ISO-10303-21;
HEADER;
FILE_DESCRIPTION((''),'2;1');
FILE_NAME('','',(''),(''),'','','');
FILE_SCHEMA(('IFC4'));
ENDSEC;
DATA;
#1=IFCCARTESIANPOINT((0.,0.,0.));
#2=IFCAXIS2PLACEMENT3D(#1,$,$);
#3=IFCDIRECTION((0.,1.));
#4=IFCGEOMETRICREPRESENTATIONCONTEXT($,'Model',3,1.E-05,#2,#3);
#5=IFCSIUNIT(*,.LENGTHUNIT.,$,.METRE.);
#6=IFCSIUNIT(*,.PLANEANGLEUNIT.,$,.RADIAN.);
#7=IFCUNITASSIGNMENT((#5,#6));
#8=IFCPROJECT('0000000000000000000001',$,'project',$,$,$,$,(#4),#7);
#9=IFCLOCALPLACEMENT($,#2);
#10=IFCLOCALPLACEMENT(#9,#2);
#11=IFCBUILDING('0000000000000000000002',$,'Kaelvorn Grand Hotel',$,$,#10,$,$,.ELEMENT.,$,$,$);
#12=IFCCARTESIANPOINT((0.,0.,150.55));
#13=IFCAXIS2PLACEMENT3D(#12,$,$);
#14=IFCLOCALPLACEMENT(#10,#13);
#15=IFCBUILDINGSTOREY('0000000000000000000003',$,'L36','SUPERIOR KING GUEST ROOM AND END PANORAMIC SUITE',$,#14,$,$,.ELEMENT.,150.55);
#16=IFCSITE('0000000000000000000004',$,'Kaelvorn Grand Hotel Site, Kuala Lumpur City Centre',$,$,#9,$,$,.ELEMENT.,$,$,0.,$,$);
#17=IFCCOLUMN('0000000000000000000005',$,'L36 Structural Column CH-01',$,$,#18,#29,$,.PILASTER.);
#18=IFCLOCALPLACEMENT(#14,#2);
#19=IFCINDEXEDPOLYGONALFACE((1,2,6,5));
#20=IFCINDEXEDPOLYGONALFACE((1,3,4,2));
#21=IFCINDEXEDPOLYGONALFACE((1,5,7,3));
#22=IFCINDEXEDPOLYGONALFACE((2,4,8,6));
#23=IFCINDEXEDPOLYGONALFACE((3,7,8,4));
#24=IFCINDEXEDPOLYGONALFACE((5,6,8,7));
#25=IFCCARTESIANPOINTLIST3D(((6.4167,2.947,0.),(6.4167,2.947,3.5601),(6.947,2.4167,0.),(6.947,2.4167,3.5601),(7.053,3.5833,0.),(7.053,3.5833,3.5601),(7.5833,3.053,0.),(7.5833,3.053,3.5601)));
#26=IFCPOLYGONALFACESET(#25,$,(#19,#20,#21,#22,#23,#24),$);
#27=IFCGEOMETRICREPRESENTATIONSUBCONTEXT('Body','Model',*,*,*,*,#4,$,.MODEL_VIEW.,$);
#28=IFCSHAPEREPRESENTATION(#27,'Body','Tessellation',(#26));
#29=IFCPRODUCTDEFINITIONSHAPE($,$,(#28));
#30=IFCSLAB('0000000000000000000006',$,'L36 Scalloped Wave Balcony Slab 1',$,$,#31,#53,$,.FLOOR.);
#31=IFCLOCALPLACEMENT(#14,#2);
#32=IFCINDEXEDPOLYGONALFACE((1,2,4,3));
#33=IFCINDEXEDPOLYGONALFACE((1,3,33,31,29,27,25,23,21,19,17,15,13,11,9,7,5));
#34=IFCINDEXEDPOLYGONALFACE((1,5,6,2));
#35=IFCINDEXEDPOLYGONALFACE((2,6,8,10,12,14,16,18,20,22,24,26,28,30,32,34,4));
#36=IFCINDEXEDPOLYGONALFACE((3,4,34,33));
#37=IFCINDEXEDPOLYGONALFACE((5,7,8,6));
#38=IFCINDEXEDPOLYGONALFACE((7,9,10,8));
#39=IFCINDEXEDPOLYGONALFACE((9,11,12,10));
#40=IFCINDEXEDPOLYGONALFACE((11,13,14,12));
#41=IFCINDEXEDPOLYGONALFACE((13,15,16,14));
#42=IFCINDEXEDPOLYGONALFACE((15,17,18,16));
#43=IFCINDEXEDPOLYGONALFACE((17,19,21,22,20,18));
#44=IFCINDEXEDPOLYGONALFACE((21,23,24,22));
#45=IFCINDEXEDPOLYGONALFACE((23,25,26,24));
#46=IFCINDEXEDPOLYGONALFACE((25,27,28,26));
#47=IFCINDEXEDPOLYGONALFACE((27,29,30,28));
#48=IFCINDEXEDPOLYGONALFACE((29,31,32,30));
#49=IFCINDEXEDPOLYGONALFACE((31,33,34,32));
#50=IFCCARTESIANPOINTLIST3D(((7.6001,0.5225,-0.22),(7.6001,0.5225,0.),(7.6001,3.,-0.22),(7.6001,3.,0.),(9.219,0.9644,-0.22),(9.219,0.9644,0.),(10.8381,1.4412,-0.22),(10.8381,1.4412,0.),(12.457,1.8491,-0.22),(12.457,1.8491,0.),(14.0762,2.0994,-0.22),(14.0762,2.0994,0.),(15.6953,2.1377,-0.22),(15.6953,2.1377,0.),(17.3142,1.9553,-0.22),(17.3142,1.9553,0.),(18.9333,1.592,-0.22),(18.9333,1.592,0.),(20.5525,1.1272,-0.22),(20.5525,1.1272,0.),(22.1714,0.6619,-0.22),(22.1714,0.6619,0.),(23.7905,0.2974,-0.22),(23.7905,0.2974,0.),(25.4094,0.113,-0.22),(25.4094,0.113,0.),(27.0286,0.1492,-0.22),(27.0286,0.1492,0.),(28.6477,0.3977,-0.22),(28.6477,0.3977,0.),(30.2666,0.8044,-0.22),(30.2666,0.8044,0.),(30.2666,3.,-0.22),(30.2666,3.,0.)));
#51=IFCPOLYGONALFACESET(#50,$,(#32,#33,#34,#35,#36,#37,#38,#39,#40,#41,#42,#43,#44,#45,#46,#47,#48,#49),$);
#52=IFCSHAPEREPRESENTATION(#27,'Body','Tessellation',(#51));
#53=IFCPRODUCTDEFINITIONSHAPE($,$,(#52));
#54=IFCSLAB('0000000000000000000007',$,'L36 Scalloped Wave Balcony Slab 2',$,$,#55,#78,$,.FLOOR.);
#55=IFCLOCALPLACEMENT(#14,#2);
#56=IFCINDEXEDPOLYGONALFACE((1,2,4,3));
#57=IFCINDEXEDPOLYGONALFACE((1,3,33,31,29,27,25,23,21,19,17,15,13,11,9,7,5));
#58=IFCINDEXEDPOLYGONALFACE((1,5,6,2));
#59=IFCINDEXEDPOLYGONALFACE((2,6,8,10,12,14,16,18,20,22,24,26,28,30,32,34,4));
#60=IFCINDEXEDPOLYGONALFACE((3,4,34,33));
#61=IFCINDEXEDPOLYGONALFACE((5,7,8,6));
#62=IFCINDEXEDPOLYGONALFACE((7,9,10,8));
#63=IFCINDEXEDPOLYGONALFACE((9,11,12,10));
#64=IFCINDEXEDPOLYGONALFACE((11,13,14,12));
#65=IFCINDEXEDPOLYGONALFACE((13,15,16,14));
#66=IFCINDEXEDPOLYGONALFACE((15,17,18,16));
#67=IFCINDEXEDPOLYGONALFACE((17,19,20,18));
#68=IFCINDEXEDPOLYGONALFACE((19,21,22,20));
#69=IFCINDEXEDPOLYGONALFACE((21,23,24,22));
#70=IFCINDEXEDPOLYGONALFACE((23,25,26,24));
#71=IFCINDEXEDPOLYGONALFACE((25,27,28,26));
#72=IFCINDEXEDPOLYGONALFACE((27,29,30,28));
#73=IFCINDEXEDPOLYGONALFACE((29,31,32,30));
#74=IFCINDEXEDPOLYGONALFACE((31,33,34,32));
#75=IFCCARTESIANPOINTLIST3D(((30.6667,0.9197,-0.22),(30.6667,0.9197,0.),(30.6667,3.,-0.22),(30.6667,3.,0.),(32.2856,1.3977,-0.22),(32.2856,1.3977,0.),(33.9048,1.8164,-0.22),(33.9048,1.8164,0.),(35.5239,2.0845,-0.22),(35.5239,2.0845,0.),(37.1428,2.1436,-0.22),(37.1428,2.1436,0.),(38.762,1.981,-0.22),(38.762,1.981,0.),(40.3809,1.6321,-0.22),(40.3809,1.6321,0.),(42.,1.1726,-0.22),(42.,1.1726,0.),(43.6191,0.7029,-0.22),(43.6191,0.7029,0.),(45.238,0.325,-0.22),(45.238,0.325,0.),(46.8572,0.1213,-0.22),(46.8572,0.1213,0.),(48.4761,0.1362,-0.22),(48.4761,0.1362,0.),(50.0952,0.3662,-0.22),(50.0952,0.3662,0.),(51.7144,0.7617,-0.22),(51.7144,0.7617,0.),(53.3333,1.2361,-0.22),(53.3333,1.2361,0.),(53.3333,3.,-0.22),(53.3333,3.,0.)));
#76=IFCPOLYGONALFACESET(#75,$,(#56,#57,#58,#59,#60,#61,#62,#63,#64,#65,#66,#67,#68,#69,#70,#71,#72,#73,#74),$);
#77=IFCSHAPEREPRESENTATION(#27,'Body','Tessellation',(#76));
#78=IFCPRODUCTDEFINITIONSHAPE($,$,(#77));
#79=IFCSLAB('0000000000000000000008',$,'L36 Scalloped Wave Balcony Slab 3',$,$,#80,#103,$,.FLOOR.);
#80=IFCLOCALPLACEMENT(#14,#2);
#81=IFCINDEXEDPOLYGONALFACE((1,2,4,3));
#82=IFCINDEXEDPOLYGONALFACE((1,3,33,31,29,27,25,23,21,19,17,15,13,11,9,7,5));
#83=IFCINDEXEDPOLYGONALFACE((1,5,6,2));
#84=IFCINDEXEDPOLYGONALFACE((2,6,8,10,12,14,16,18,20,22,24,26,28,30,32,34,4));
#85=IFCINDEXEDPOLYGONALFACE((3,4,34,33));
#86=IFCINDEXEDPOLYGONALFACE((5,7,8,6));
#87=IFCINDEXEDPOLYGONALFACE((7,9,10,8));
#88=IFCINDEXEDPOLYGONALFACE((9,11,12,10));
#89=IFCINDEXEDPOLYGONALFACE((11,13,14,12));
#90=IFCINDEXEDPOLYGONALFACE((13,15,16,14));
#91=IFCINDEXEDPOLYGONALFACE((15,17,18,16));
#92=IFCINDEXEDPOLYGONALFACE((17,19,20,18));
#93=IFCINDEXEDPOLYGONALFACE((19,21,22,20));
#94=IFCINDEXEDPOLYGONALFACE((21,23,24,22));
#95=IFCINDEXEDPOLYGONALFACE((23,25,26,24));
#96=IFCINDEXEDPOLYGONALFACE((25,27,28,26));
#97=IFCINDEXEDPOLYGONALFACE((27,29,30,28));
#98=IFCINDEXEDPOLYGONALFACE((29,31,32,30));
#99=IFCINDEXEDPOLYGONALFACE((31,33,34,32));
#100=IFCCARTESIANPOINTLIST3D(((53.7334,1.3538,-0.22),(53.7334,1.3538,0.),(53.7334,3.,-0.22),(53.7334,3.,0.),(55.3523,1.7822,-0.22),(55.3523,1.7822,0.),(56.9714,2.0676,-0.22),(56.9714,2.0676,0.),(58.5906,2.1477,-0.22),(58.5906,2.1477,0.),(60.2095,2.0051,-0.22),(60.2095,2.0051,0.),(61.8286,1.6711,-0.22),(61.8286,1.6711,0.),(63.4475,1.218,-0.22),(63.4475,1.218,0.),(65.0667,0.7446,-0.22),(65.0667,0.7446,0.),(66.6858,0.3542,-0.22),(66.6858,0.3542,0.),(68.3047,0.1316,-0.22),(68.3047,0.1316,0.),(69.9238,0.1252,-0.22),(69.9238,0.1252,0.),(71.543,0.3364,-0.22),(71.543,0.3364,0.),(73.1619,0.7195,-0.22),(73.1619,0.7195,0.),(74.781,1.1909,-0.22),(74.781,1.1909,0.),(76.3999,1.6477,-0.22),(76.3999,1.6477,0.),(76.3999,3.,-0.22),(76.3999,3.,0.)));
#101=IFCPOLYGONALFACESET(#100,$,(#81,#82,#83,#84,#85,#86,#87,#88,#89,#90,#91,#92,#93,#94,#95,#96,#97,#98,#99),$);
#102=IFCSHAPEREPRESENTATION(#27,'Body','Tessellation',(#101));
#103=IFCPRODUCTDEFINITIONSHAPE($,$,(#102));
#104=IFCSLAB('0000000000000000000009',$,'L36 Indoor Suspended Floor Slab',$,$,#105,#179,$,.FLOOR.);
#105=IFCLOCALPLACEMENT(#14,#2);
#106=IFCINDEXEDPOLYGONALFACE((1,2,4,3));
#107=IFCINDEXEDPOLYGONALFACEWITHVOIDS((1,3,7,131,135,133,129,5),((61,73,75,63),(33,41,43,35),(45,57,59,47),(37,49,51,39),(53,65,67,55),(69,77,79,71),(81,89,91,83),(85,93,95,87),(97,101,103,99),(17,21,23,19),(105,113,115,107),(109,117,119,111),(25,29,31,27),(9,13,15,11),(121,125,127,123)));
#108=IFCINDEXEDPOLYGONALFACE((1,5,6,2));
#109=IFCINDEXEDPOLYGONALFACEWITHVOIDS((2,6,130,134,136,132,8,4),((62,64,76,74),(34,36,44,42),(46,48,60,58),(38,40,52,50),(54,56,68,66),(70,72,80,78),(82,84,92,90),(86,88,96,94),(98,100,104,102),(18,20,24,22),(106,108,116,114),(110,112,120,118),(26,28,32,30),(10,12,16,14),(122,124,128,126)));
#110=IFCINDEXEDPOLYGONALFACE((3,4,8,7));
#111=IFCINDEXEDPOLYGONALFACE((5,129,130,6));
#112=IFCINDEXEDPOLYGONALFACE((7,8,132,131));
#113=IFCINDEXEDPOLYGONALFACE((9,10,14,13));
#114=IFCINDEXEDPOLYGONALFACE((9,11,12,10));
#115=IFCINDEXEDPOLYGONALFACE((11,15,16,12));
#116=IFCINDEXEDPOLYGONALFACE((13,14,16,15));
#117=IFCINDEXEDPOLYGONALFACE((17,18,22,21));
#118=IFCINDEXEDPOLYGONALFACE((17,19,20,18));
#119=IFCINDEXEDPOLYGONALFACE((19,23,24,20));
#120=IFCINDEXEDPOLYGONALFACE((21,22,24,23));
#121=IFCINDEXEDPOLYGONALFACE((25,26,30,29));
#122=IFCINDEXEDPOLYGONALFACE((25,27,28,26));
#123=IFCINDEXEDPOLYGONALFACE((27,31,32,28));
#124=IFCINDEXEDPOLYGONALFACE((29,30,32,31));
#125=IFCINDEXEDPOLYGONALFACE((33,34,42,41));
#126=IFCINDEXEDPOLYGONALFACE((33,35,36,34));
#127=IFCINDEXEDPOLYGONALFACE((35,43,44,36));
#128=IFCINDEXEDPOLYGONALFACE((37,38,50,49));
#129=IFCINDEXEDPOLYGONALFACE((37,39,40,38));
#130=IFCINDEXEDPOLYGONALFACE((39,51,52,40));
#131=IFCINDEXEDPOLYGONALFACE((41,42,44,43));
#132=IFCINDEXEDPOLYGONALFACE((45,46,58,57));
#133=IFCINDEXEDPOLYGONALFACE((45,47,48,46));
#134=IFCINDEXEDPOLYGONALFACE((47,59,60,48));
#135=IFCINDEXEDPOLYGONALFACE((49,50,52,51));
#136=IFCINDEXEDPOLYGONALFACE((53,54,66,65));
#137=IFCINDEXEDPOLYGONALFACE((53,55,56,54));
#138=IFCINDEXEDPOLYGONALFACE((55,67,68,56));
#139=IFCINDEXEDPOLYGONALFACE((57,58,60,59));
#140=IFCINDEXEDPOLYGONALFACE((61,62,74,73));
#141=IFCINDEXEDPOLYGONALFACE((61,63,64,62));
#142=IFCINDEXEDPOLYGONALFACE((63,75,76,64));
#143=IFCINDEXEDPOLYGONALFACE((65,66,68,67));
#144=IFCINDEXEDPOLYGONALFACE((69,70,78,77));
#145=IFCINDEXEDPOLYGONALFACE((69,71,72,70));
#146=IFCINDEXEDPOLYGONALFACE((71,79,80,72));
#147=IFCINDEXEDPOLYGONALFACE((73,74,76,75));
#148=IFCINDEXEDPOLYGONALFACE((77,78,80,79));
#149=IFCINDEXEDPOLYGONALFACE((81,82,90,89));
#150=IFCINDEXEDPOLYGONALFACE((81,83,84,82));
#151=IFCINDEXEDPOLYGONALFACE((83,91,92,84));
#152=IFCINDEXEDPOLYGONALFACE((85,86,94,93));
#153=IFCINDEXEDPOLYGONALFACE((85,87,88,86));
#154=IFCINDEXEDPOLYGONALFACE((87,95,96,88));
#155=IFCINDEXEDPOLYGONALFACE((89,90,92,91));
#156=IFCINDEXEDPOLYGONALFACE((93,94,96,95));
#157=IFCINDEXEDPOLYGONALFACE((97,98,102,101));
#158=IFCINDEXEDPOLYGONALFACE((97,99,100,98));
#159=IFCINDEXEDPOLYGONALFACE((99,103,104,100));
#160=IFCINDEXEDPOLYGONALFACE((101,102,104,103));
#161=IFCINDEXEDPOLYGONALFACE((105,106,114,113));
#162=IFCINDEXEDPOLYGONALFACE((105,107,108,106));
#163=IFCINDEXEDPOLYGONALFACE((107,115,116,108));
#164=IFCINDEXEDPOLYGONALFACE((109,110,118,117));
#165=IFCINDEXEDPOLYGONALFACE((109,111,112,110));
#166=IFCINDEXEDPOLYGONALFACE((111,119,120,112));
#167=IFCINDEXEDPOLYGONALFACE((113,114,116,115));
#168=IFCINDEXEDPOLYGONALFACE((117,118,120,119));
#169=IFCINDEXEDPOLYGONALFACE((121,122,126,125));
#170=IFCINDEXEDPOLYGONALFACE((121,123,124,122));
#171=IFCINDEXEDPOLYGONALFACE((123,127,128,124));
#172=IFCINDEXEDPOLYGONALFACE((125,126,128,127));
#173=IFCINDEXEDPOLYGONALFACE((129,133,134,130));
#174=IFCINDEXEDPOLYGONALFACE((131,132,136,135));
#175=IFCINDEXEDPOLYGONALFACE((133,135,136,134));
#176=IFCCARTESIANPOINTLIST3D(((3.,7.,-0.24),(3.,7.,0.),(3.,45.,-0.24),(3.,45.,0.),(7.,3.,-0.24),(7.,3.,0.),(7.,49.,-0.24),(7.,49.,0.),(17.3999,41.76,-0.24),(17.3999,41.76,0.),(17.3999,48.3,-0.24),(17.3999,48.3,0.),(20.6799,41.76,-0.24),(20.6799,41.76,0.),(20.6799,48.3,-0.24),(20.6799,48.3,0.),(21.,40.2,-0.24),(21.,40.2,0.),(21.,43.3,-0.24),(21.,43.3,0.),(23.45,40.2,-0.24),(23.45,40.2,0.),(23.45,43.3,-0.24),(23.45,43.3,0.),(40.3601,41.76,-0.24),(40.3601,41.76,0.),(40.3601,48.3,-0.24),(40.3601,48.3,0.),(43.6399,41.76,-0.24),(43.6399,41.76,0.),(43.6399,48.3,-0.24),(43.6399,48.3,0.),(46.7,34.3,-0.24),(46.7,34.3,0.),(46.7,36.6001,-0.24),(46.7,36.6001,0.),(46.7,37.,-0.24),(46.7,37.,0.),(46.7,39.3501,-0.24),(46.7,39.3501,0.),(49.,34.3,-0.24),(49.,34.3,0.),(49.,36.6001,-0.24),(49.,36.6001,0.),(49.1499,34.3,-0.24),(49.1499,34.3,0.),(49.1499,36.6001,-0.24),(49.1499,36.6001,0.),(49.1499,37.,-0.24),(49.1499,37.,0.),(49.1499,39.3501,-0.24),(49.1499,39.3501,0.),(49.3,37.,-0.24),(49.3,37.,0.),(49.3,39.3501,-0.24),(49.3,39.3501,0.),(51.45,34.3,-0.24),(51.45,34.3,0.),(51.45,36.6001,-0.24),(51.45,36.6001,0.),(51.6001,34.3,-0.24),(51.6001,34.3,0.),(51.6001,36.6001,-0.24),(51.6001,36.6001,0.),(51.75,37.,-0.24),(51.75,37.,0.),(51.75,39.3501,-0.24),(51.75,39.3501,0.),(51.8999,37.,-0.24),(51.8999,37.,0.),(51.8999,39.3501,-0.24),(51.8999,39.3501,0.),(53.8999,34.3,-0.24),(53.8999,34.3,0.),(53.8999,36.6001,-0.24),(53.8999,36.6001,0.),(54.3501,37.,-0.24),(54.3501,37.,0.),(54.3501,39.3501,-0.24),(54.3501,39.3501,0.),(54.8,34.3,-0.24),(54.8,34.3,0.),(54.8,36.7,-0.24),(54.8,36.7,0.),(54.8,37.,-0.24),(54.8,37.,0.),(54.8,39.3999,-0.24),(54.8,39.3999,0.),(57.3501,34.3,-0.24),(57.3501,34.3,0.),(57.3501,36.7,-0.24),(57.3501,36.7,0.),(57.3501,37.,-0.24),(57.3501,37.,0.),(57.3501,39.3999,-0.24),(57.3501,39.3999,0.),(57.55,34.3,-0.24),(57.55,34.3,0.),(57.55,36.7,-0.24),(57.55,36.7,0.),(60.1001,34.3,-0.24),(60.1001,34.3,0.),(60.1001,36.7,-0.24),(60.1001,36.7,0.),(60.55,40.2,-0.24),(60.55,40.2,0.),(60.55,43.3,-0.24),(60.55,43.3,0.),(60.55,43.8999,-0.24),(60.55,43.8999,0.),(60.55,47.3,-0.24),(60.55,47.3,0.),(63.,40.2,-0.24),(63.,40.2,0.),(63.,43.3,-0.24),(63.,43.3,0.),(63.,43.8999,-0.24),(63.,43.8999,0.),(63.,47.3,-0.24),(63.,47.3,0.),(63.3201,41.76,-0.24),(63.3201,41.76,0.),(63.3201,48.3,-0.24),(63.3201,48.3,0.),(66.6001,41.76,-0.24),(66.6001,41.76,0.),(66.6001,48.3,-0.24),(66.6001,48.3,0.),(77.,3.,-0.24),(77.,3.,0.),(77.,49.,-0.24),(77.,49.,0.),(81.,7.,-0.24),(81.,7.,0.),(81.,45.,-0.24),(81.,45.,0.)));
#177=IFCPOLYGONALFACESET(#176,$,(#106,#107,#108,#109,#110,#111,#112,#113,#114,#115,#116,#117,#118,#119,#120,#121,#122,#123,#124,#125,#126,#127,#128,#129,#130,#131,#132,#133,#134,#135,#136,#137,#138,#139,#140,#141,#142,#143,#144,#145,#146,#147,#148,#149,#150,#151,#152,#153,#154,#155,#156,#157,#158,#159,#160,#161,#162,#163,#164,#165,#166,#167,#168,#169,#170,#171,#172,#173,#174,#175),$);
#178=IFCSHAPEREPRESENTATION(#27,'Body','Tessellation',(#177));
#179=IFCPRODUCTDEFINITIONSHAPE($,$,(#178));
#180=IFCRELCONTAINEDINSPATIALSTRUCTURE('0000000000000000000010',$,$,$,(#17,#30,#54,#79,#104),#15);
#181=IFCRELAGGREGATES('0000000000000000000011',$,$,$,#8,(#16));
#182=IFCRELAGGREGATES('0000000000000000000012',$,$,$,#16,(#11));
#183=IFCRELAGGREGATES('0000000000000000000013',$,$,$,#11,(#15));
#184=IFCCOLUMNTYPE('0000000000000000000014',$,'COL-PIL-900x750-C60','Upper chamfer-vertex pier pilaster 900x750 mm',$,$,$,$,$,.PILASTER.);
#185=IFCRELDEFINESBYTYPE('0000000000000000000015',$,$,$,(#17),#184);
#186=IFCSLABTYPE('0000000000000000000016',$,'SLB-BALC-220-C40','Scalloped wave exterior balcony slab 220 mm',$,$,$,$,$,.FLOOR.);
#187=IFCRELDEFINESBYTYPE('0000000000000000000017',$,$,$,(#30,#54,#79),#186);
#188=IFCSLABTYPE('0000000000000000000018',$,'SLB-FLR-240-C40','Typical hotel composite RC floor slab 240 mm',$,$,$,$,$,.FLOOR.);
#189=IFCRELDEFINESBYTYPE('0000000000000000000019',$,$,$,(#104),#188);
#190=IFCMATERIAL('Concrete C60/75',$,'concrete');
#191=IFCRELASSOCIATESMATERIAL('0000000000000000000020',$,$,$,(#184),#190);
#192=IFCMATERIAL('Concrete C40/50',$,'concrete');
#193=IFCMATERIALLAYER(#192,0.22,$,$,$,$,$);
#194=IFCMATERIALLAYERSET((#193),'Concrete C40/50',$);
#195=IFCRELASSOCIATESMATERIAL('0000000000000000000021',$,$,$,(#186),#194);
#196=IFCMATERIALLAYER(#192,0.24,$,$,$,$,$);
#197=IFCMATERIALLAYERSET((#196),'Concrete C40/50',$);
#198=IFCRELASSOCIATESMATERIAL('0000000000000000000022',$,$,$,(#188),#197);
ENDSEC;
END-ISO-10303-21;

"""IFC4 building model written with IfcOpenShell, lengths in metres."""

from ifc_helpers import new_model, si_unit, direction, frame, origin, origin_2d, place, context, subcontext, project, spatial, polyline, rectangle, outline, extrude, material, layer, layer_set, material_profile, profile_set, type_object, element, save


model = new_model("IFC4")

# Units and contexts
model_context = context("Model", 3, precision=1e-05, world=origin(), true_north=direction((0.0, 1.0)))
body_context = subcontext(model_context, "Body", "Model", "MODEL_VIEW")
ifc_project = project(units=[si_unit("LENGTHUNIT", "METRE"), si_unit("PLANEANGLEUNIT", "RADIAN")], contexts=[model_context])

# Site, building, storey
site_placement = place(None, origin())
site = spatial("IfcSite", under=ifc_project, at=site_placement, Name="Kaelvorn Grand Hotel Site, Kuala Lumpur City Centre", CompositionType="ELEMENT", RefElevation=0.0)
building_placement = place(site_placement, origin())
building = spatial("IfcBuilding", under=site, at=building_placement, Name="Kaelvorn Grand Hotel", CompositionType="ELEMENT")
storey_placement = place(building_placement, frame((0.0, 0.0, 150.55)))
storey = spatial("IfcBuildingStorey", under=building, at=storey_placement, Name="L36", Description="SUPERIOR KING GUEST ROOM AND END PANORAMIC SUITE", CompositionType="ELEMENT", Elevation=150.55)

# Column
ifc_material_1 = material(Name="Concrete C60/75", Category="concrete")
ifc_material_profile = material_profile(ifc_material_1, rectangle(XDim=0.8999, YDim=0.75, at=origin_2d()), Name="RC PILASTER 900x750")
ifc_profile_set = profile_set([ifc_material_profile], Name="Concrete C60/75")
column_type = type_object("IfcColumnType", Name="COL-PIL-900x750-C60", Description="Upper chamfer-vertex pier pilaster 900x750 mm", PredefinedType="PILASTER", material=ifc_profile_set)
column_placement = place(storey_placement, frame((7.0, 3.0, 0.0), z_axis=(0.0, 0.0, 1.0), x_axis=(0.707107, 0.707107, 0.0)))
element("IfcColumn", 1, at=column_placement, inside=storey, type_object=column_type, Name="L36 Structural Column CH-01", PredefinedType="PILASTER", context=body_context, shape_type="SweptSolid", body=[
    extrude(rectangle(XDim=0.8999, YDim=0.75, at=origin_2d()), origin(), (0.0, 0.0, 1.0), 3.5601),
])

# Slabs
ifc_material_2 = material(Name="Concrete C40/50", Category="concrete")
ifc_layer_1 = layer(ifc_material_2, 0.22)
ifc_layer_set_1 = layer_set([ifc_layer_1], Name="Concrete C40/50")
slab_type_1 = type_object("IfcSlabType", Name="SLB-BALC-220-C40", Description="Scalloped wave exterior balcony slab 220 mm", PredefinedType="FLOOR", material=ifc_layer_set_1)
slab_1_placement = place(storey_placement, frame((0.0, 0.0, -0.22)))
element("IfcSlab", 2, at=slab_1_placement, inside=storey, type_object=slab_type_1, Name="L36 Scalloped Wave Balcony Slab 1", PredefinedType="FLOOR", context=body_context, shape_type="SweptSolid", body=[
    extrude(outline(polyline([(7.6001, 0.5225), (9.219, 0.9644), (10.8381, 1.4412), (12.457, 1.8491), (14.0762, 2.0994), (15.6953, 2.1377), (17.3142, 1.9553), (18.9333, 1.592), (20.5525, 1.1272), (22.1714, 0.6619), (23.7905, 0.2974), (25.4094, 0.113), (27.0286, 0.1492), (28.6477, 0.3977), (30.2666, 0.8044), (30.2666, 3.0), (7.6001, 3.0), (7.6001, 0.5225)])), origin(), (0.0, 0.0, 1.0), 0.22),
])
slab_2_placement = place(storey_placement, frame((0.0, 0.0, -0.22)))
element("IfcSlab", 3, at=slab_2_placement, inside=storey, type_object=slab_type_1, Name="L36 Scalloped Wave Balcony Slab 2", PredefinedType="FLOOR", context=body_context, shape_type="SweptSolid", body=[
    extrude(outline(polyline([(30.6667, 0.9197), (32.2856, 1.3977), (33.9048, 1.8164), (35.5239, 2.0845), (37.1428, 2.1436), (38.762, 1.981), (40.3809, 1.6321), (42.0, 1.1726), (43.6191, 0.7029), (45.238, 0.325), (46.8572, 0.1213), (48.4761, 0.1362), (50.0952, 0.3662), (51.7144, 0.7617), (53.3333, 1.2361), (53.3333, 3.0), (30.6667, 3.0), (30.6667, 0.9197)])), origin(), (0.0, 0.0, 1.0), 0.22),
])
slab_3_placement = place(storey_placement, frame((0.0, 0.0, -0.22)))
element("IfcSlab", 4, at=slab_3_placement, inside=storey, type_object=slab_type_1, Name="L36 Scalloped Wave Balcony Slab 3", PredefinedType="FLOOR", context=body_context, shape_type="SweptSolid", body=[
    extrude(outline(polyline([(53.7334, 1.3538), (55.3523, 1.7822), (56.9714, 2.0676), (58.5906, 2.1477), (60.2095, 2.0051), (61.8286, 1.6711), (63.4475, 1.218), (65.0667, 0.7446), (66.6858, 0.3542), (68.3047, 0.1316), (69.9238, 0.1252), (71.543, 0.3364), (73.1619, 0.7195), (74.781, 1.1909), (76.3999, 1.6477), (76.3999, 3.0), (53.7334, 3.0), (53.7334, 1.3538)])), origin(), (0.0, 0.0, 1.0), 0.22),
])
ifc_layer_2 = layer(ifc_material_2, 0.24)
ifc_layer_set_2 = layer_set([ifc_layer_2], Name="Concrete C40/50")
slab_type_2 = type_object("IfcSlabType", Name="SLB-FLR-240-C40", Description="Typical hotel composite RC floor slab 240 mm", PredefinedType="FLOOR", material=ifc_layer_set_2)
slab_4_placement = place(storey_placement, frame((0.0, 0.0, -0.24)))
element("IfcSlab", 5, at=slab_4_placement, inside=storey, type_object=slab_type_2, Name="L36 Indoor Suspended Floor Slab", PredefinedType="FLOOR", context=body_context, shape_type="SweptSolid", body=[
    extrude(outline(polyline([(7.0, 3.0), (77.0, 3.0), (81.0, 7.0), (81.0, 45.0), (77.0, 49.0), (7.0, 49.0), (3.0, 45.0), (3.0, 7.0), (7.0, 3.0)]), holes=[polyline([(17.3999, 41.76), (17.3999, 48.3), (20.6799, 48.3), (20.6799, 41.76), (17.3999, 41.76)]), polyline([(40.3601, 41.76), (40.3601, 48.3), (43.6399, 48.3), (43.6399, 41.76), (40.3601, 41.76)]), polyline([(63.3201, 41.76), (63.3201, 48.3), (66.6001, 48.3), (66.6001, 41.76), (63.3201, 41.76)]), polyline([(46.7, 34.3), (46.7, 36.6001), (49.0, 36.6001), (49.0, 34.3), (46.7, 34.3)]), polyline([(49.1499, 34.3), (49.1499, 36.6001), (51.45, 36.6001), (51.45, 34.3), (49.1499, 34.3)]), polyline([(51.6001, 34.3), (51.6001, 36.6001), (53.8999, 36.6001), (53.8999, 34.3), (51.6001, 34.3)]), polyline([(46.7, 37.0), (46.7, 39.3501), (49.1499, 39.3501), (49.1499, 37.0), (46.7, 37.0)]), polyline([(49.3, 37.0), (49.3, 39.3501), (51.75, 39.3501), (51.75, 37.0), (49.3, 37.0)]), polyline([(51.8999, 37.0), (51.8999, 39.3501), (54.3501, 39.3501), (54.3501, 37.0), (51.8999, 37.0)]), polyline([(54.8, 34.3), (54.8, 36.7), (57.3501, 36.7), (57.3501, 34.3), (54.8, 34.3)]), polyline([(57.55, 34.3), (57.55, 36.7), (60.1001, 36.7), (60.1001, 34.3), (57.55, 34.3)]), polyline([(54.8, 37.0), (54.8, 39.3999), (57.3501, 39.3999), (57.3501, 37.0), (54.8, 37.0)]), polyline([(21.0, 40.2), (21.0, 43.3), (23.45, 43.3), (23.45, 40.2), (21.0, 40.2)]), polyline([(60.55, 40.2), (60.55, 43.3), (63.0, 43.3), (63.0, 40.2), (60.55, 40.2)]), polyline([(60.55, 43.8999), (60.55, 47.3), (63.0, 47.3), (63.0, 43.8999), (60.55, 43.8999)])]), origin(), (0.0, 0.0, 1.0), 0.24),
])

save(model, "model.ifc")
